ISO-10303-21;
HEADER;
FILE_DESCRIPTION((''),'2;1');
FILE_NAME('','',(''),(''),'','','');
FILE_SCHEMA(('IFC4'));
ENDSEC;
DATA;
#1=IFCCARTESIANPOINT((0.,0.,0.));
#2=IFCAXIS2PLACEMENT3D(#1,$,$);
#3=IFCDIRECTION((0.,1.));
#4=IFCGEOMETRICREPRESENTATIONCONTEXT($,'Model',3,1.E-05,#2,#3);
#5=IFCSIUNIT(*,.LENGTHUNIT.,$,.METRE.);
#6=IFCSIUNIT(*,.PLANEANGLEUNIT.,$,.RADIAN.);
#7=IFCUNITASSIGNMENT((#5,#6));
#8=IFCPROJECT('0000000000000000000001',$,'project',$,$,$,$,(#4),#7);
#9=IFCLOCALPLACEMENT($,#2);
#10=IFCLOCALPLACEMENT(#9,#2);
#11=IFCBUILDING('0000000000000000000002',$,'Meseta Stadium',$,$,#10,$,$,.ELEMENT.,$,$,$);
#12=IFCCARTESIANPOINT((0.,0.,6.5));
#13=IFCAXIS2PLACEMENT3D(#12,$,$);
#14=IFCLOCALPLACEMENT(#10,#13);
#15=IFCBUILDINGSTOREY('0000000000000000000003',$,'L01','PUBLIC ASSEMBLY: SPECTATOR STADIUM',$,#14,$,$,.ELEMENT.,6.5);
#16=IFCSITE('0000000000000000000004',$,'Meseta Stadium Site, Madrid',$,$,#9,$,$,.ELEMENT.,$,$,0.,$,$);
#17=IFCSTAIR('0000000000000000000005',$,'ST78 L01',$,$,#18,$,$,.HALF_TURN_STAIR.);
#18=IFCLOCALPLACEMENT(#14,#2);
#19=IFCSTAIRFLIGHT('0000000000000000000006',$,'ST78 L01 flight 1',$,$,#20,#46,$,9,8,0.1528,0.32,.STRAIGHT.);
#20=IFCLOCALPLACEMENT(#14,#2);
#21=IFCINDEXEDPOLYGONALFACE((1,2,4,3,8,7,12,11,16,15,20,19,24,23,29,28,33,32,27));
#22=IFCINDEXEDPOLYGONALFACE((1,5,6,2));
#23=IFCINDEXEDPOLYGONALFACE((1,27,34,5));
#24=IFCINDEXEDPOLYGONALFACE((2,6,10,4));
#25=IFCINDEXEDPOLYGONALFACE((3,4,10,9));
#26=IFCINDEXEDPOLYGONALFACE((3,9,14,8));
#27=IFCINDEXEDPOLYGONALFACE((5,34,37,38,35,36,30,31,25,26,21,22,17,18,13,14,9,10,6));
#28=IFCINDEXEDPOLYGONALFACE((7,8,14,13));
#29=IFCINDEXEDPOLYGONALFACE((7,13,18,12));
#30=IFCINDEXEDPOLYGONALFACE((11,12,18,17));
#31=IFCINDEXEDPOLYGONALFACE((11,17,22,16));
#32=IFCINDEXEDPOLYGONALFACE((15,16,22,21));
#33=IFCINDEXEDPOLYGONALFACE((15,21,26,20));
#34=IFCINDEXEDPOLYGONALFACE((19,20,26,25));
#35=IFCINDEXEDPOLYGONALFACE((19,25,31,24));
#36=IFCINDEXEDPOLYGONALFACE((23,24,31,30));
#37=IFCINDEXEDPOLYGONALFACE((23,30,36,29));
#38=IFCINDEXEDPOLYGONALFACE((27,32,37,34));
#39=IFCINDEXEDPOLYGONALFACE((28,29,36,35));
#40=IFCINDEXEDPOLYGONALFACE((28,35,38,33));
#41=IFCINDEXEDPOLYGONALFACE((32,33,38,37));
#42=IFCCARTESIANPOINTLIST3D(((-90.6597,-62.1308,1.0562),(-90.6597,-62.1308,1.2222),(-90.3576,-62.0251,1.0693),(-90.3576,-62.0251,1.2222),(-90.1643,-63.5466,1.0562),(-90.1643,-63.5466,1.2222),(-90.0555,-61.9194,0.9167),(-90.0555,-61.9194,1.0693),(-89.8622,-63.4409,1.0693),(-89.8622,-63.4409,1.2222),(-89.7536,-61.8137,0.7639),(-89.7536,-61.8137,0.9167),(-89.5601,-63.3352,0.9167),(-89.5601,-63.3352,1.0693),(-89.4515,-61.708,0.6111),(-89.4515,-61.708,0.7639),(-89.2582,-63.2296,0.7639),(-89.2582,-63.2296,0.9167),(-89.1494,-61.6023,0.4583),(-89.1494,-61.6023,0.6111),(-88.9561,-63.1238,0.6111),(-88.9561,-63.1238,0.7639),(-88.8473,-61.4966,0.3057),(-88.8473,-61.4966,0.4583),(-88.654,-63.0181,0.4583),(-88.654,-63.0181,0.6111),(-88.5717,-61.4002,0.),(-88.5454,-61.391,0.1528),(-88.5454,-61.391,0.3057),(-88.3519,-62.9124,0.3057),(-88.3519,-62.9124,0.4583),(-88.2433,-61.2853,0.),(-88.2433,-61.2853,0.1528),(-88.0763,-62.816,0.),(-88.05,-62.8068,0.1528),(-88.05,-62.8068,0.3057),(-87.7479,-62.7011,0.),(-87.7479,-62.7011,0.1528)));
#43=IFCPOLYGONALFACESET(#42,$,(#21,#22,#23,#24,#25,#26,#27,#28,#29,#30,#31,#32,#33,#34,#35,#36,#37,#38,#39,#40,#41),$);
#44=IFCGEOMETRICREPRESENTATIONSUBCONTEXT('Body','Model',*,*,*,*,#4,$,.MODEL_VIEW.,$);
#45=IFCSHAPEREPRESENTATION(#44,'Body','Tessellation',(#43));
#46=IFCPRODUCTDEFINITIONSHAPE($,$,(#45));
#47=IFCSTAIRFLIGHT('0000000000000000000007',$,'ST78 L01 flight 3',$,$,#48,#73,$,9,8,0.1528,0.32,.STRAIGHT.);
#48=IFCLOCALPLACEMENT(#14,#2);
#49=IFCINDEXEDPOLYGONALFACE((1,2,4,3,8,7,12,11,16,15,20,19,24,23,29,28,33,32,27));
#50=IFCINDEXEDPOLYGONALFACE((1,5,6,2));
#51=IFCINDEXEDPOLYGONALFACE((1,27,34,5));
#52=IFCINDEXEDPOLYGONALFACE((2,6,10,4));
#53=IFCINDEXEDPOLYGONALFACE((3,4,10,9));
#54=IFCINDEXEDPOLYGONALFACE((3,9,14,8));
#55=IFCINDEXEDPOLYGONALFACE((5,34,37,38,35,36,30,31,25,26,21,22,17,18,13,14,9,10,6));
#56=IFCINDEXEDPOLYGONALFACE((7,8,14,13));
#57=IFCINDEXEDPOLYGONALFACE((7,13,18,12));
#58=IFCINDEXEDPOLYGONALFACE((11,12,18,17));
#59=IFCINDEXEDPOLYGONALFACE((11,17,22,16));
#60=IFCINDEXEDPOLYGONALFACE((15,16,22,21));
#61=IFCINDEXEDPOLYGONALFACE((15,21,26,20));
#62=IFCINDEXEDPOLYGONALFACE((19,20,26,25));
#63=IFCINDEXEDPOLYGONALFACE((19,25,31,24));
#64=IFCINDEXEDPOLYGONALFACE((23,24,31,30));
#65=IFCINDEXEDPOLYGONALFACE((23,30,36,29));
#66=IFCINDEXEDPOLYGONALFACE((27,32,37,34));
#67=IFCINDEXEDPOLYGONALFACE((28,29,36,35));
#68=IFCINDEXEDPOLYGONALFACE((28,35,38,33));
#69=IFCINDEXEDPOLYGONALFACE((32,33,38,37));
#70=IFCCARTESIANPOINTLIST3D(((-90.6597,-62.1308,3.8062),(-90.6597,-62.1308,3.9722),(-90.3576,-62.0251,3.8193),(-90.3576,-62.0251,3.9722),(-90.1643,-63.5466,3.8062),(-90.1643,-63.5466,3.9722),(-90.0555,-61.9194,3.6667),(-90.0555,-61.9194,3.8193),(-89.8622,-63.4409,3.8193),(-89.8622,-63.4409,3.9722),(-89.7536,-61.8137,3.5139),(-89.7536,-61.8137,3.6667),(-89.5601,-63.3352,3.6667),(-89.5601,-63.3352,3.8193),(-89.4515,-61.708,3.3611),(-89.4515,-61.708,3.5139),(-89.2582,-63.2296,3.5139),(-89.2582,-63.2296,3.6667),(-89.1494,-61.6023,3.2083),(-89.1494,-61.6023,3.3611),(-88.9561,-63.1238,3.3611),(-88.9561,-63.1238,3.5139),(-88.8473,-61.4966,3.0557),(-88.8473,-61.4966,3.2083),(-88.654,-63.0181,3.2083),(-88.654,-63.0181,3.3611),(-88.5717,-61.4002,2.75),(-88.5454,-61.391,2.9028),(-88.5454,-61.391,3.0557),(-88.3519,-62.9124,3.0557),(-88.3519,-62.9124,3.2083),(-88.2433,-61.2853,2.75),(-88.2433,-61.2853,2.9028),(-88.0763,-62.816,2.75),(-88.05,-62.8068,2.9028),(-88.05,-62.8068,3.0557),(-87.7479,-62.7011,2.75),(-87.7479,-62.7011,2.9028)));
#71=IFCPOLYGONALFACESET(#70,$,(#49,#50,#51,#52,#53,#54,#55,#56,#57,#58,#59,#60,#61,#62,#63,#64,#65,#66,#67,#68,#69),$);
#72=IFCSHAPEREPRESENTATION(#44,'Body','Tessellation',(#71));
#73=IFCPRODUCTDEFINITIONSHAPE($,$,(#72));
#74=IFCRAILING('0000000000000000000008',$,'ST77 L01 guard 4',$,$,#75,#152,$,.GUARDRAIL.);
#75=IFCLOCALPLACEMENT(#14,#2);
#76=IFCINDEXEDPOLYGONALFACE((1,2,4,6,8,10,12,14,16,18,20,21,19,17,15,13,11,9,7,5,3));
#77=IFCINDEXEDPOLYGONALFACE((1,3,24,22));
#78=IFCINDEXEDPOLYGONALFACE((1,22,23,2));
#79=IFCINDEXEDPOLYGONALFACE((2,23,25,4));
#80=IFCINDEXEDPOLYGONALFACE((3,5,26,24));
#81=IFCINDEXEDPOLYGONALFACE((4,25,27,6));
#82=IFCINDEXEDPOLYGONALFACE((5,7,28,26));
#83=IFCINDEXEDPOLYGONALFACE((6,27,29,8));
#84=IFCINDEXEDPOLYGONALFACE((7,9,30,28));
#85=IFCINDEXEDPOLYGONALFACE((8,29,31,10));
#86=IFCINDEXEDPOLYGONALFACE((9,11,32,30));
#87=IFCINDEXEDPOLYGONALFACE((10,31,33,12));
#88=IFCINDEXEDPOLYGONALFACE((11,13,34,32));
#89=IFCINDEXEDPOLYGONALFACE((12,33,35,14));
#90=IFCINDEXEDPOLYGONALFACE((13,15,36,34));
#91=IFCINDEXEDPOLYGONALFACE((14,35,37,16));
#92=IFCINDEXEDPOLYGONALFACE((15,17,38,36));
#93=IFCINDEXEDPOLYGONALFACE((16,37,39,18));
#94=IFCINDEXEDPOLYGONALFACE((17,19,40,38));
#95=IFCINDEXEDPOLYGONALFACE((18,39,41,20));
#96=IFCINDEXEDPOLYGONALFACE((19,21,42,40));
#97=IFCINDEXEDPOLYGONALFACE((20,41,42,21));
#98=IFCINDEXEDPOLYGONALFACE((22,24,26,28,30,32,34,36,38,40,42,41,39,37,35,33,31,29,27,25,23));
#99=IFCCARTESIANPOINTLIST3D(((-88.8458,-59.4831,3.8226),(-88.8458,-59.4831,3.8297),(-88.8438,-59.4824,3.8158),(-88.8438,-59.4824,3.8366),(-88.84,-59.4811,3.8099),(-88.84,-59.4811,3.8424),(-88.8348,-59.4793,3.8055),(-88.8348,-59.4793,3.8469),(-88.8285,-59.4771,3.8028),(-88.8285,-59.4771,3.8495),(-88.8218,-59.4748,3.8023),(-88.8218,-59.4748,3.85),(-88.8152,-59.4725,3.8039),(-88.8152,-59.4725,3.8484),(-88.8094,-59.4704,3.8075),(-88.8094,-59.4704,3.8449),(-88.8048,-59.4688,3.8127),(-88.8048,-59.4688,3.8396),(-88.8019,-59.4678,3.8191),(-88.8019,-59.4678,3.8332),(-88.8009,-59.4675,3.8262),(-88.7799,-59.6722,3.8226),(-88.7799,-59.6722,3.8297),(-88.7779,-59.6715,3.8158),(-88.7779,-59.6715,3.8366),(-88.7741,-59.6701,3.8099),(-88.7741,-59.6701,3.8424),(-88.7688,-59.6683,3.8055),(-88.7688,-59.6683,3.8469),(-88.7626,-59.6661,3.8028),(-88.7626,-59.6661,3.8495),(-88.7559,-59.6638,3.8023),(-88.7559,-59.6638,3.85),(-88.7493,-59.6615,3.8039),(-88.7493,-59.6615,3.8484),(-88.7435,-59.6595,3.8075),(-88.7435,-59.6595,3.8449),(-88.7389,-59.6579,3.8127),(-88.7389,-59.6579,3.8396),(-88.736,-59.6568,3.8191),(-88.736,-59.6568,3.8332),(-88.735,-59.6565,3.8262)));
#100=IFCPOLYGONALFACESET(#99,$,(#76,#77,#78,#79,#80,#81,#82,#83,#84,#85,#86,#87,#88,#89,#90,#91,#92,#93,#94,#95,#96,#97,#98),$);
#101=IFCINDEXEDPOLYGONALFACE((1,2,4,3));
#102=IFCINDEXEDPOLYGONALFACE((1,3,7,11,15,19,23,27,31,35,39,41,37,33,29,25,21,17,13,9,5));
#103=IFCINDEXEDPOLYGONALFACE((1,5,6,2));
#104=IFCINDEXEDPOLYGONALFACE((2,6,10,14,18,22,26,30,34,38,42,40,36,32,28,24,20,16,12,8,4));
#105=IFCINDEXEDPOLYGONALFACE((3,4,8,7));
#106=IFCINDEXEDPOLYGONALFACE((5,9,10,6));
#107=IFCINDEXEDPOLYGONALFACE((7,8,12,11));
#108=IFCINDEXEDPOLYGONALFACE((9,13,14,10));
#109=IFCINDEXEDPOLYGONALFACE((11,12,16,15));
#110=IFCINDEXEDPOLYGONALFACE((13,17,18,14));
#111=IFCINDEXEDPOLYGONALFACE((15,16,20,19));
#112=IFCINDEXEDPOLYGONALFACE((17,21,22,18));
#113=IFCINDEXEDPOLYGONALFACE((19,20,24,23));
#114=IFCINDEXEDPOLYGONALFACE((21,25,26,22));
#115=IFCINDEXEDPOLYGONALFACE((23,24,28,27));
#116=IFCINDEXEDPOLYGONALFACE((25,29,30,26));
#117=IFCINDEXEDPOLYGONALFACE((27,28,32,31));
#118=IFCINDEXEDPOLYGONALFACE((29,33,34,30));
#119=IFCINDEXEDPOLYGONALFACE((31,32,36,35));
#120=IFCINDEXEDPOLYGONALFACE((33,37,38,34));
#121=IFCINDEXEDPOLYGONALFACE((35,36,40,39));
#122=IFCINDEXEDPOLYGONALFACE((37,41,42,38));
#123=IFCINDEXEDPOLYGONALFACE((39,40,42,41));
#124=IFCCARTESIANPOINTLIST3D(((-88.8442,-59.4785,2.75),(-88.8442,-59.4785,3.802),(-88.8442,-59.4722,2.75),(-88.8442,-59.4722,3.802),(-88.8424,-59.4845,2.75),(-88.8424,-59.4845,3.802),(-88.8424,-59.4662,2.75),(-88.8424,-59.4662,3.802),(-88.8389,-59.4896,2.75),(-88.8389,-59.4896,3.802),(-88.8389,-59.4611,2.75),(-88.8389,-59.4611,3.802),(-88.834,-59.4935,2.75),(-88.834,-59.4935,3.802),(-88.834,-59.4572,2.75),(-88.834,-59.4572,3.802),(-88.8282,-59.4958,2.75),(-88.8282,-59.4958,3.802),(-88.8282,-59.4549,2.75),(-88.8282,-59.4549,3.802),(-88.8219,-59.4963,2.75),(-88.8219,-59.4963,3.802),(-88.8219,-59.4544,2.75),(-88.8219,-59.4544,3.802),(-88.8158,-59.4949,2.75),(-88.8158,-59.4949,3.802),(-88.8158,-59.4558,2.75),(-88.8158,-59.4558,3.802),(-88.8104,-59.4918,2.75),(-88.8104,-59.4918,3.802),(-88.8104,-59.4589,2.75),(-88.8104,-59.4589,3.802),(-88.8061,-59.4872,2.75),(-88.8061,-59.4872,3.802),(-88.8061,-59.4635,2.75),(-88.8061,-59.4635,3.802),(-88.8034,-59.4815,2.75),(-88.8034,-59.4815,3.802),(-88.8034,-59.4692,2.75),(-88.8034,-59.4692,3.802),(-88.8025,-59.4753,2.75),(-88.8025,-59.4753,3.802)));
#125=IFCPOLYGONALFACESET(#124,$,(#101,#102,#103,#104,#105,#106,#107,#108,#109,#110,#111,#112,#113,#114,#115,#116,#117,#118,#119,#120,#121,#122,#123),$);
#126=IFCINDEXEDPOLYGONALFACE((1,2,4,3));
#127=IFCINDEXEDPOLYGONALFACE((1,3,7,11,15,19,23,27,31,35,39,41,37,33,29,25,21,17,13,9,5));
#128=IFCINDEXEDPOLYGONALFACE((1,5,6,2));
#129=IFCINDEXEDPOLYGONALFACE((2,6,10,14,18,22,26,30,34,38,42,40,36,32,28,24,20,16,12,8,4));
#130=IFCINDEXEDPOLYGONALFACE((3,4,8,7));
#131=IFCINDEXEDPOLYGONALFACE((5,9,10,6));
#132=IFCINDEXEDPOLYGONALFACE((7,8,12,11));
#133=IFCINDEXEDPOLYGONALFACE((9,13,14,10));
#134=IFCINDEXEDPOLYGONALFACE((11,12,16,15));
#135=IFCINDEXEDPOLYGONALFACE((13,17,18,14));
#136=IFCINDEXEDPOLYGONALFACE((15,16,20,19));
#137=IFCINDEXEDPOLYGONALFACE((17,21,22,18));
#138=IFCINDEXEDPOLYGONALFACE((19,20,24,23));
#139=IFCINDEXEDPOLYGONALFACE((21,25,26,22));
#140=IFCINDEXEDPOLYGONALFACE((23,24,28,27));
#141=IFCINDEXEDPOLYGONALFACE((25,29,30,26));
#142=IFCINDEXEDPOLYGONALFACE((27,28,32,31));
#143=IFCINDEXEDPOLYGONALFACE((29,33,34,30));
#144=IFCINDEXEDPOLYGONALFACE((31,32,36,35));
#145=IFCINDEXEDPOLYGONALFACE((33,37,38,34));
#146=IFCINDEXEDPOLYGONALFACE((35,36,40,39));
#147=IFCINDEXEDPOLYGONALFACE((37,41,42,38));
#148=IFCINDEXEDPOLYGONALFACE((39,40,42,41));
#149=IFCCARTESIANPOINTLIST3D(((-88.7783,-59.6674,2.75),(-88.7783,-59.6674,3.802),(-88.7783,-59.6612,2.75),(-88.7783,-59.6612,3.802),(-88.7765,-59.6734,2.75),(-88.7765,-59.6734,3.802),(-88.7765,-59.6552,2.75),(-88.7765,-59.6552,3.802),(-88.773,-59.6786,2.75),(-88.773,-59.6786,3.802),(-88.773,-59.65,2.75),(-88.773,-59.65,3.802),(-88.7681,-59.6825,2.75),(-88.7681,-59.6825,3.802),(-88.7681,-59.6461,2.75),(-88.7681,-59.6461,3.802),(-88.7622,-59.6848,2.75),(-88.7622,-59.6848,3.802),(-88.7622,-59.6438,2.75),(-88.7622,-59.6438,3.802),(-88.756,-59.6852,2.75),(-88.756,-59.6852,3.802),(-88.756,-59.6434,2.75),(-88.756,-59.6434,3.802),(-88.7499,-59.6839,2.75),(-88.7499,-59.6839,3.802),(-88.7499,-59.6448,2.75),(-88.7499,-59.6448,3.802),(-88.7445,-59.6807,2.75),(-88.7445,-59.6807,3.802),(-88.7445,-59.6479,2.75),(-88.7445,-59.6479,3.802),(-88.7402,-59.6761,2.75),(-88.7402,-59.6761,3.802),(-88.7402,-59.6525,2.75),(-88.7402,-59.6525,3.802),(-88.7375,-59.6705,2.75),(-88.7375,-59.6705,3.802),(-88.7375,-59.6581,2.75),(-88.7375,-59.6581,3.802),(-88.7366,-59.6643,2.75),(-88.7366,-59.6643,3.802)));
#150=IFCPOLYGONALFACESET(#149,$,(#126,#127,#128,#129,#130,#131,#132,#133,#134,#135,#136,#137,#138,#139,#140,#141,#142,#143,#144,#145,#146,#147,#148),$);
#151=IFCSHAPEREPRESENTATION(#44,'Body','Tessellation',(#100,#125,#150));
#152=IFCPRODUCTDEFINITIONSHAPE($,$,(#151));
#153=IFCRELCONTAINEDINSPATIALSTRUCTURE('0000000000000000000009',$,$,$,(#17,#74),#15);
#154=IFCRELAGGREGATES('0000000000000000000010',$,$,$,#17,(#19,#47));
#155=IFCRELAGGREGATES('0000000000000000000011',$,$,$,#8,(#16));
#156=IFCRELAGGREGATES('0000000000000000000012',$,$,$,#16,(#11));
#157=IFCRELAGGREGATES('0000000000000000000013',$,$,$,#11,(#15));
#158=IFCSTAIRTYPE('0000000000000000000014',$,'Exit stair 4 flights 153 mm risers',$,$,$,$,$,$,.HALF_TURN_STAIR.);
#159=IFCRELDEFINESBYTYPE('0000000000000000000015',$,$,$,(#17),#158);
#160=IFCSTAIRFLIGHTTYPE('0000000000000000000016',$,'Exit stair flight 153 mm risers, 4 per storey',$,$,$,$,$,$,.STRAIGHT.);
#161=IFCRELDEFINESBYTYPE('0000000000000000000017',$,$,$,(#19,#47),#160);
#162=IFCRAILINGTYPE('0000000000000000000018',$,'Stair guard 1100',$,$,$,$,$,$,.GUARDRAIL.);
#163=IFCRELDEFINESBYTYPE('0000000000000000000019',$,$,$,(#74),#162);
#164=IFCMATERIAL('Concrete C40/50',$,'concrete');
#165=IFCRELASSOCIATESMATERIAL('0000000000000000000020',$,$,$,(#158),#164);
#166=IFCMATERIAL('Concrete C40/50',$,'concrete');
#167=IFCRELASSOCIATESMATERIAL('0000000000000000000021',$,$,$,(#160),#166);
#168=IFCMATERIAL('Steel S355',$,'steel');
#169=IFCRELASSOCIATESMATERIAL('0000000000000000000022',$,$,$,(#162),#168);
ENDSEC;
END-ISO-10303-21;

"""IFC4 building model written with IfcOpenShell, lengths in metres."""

from ifc_helpers import new_model, si_unit, direction, frame, origin, origin_2d, place, context, subcontext, project, spatial, polyline, circle, outline, extrude, material, type_object, element, aggregate, save


model = new_model("IFC4")

# Units and contexts
model_context = context("Model", 3, precision=1e-05, world=origin(), true_north=direction((0.0, 1.0)))
body_context = subcontext(model_context, "Body", "Model", "MODEL_VIEW")
ifc_project = project(units=[si_unit("LENGTHUNIT", "METRE"), si_unit("PLANEANGLEUNIT", "RADIAN")], contexts=[model_context])

# Site, building, storey
site_placement = place(None, origin())
site = spatial("IfcSite", under=ifc_project, at=site_placement, Name="Meseta Stadium Site, Madrid", CompositionType="ELEMENT", RefElevation=0.0)
building_placement = place(site_placement, origin())
building = spatial("IfcBuilding", under=site, at=building_placement, Name="Meseta Stadium", CompositionType="ELEMENT")
storey_placement = place(building_placement, frame((0.0, 0.0, 6.5)))
storey = spatial("IfcBuildingStorey", under=building, at=storey_placement, Name="L01", Description="PUBLIC ASSEMBLY: SPECTATOR STADIUM", CompositionType="ELEMENT", Elevation=6.5)

# Stair, stair flights
ifc_material_1 = material(Name="Concrete C40/50", Category="concrete")
stair_type = type_object("IfcStairType", Name="Exit stair 4 flights 153 mm risers", PredefinedType="HALF_TURN_STAIR", material=ifc_material_1)
stair_placement = place(storey_placement, origin())
stair = element("IfcStair", 1, at=stair_placement, inside=storey, type_object=stair_type, Name="ST78 L01", PredefinedType="HALF_TURN_STAIR")
ifc_material_2 = material(Name="Concrete C40/50", Category="concrete")
stair_flight_type = type_object("IfcStairFlightType", Name="Exit stair flight 153 mm risers, 4 per storey", PredefinedType="STRAIGHT", material=ifc_material_2)
stair_flight_1_placement = place(storey_placement, frame((-87.9956, -61.9932, 0.0), z_axis=(0.0, 0.0, 1.0), x_axis=(-0.943883, -0.330279, 0.0)))
stair_flight_1 = element("IfcStairFlight", 2, at=stair_flight_1_placement, type_object=stair_flight_type, Name="ST78 L01 flight 1", NumberOfRisers=9, NumberOfTreads=8, PredefinedType="STRAIGHT", RiserHeight=0.1528, TreadLength=0.32, context=body_context, shape_type="SweptSolid", body=[
    extrude(outline(polyline([(0.0, 0.0), (0.0, 0.1528), (0.3201, 0.1528), (0.3201, 0.3057), (0.6399, 0.3057), (0.6399, 0.4583), (0.96, 0.4583), (0.96, 0.6111), (1.28, 0.6111), (1.28, 0.7639), (1.6001, 0.7639), (1.6001, 0.9167), (1.9199, 0.9167), (1.9199, 1.0693), (2.24, 1.0693), (2.24, 1.2222), (2.5601, 1.2222), (2.5601, 1.0562), (0.3479, 0.0), (0.0, 0.0)])), frame((0.0, 0.75, 0.0), z_axis=(0.0, -1.0, 0.0), x_axis=(1.0, 0.0, 0.0)), (0.0, 0.0, 1.0), 1.5),
])
stair_flight_2_placement = place(storey_placement, frame((-87.9956, -61.9932, 2.75), z_axis=(0.0, 0.0, 1.0), x_axis=(-0.943883, -0.330279, 0.0)))
stair_flight_2 = element("IfcStairFlight", 3, at=stair_flight_2_placement, type_object=stair_flight_type, Name="ST78 L01 flight 3", NumberOfRisers=9, NumberOfTreads=8, PredefinedType="STRAIGHT", RiserHeight=0.1528, TreadLength=0.32, context=body_context, shape_type="SweptSolid", body=[
    extrude(outline(polyline([(0.0, 0.0), (0.0, 0.1528), (0.3201, 0.1528), (0.3201, 0.3057), (0.6399, 0.3057), (0.6399, 0.4583), (0.96, 0.4583), (0.96, 0.6111), (1.28, 0.6111), (1.28, 0.7639), (1.6001, 0.7639), (1.6001, 0.9167), (1.9199, 0.9167), (1.9199, 1.0693), (2.24, 1.0693), (2.24, 1.2222), (2.5601, 1.2222), (2.5601, 1.0562), (0.3479, 0.0), (0.0, 0.0)])), frame((0.0, 0.75, 0.0), z_axis=(0.0, -1.0, 0.0), x_axis=(1.0, 0.0, 0.0)), (0.0, 0.0, 1.0), 1.5),
])
aggregate(stair, [stair_flight_1, stair_flight_2])

# Railing
ifc_material_3 = material(Name="Steel S355", Category="steel")
railing_type_1 = type_object("IfcRailingType", Name="Stair guard 1100", PredefinedType="GUARDRAIL", material=ifc_material_3)
for number, where, name in (
    (4, (-88.8235, -59.4753, 2.75), "ST77 L01 guard 4"),
):
    element("IfcRailing", number, at=place(storey_placement, frame(where)), inside=storey, type_object=railing_type_1, Name=name, PredefinedType="GUARDRAIL", context=body_context, shape_type="SweptSolid", body=[
        extrude(circle(Radius=0.0239, at=origin_2d()), frame((0.0, 0.0, 1.0762), z_axis=(0.329372, -0.9442, 0.0), x_axis=(0.9442, 0.329372, 0.0)), (0.0, 0.0, 1.0), 0.2002),
        extrude(circle(Radius=0.021, at=origin_2d()), origin(), (0.0, 0.0, 1.0), 1.052),
        extrude(circle(Radius=0.021, at=origin_2d()), frame((0.0659, -0.189, 0.0)), (0.0, 0.0, 1.0), 1.052),
    ])

save(model, "model.ifc")
